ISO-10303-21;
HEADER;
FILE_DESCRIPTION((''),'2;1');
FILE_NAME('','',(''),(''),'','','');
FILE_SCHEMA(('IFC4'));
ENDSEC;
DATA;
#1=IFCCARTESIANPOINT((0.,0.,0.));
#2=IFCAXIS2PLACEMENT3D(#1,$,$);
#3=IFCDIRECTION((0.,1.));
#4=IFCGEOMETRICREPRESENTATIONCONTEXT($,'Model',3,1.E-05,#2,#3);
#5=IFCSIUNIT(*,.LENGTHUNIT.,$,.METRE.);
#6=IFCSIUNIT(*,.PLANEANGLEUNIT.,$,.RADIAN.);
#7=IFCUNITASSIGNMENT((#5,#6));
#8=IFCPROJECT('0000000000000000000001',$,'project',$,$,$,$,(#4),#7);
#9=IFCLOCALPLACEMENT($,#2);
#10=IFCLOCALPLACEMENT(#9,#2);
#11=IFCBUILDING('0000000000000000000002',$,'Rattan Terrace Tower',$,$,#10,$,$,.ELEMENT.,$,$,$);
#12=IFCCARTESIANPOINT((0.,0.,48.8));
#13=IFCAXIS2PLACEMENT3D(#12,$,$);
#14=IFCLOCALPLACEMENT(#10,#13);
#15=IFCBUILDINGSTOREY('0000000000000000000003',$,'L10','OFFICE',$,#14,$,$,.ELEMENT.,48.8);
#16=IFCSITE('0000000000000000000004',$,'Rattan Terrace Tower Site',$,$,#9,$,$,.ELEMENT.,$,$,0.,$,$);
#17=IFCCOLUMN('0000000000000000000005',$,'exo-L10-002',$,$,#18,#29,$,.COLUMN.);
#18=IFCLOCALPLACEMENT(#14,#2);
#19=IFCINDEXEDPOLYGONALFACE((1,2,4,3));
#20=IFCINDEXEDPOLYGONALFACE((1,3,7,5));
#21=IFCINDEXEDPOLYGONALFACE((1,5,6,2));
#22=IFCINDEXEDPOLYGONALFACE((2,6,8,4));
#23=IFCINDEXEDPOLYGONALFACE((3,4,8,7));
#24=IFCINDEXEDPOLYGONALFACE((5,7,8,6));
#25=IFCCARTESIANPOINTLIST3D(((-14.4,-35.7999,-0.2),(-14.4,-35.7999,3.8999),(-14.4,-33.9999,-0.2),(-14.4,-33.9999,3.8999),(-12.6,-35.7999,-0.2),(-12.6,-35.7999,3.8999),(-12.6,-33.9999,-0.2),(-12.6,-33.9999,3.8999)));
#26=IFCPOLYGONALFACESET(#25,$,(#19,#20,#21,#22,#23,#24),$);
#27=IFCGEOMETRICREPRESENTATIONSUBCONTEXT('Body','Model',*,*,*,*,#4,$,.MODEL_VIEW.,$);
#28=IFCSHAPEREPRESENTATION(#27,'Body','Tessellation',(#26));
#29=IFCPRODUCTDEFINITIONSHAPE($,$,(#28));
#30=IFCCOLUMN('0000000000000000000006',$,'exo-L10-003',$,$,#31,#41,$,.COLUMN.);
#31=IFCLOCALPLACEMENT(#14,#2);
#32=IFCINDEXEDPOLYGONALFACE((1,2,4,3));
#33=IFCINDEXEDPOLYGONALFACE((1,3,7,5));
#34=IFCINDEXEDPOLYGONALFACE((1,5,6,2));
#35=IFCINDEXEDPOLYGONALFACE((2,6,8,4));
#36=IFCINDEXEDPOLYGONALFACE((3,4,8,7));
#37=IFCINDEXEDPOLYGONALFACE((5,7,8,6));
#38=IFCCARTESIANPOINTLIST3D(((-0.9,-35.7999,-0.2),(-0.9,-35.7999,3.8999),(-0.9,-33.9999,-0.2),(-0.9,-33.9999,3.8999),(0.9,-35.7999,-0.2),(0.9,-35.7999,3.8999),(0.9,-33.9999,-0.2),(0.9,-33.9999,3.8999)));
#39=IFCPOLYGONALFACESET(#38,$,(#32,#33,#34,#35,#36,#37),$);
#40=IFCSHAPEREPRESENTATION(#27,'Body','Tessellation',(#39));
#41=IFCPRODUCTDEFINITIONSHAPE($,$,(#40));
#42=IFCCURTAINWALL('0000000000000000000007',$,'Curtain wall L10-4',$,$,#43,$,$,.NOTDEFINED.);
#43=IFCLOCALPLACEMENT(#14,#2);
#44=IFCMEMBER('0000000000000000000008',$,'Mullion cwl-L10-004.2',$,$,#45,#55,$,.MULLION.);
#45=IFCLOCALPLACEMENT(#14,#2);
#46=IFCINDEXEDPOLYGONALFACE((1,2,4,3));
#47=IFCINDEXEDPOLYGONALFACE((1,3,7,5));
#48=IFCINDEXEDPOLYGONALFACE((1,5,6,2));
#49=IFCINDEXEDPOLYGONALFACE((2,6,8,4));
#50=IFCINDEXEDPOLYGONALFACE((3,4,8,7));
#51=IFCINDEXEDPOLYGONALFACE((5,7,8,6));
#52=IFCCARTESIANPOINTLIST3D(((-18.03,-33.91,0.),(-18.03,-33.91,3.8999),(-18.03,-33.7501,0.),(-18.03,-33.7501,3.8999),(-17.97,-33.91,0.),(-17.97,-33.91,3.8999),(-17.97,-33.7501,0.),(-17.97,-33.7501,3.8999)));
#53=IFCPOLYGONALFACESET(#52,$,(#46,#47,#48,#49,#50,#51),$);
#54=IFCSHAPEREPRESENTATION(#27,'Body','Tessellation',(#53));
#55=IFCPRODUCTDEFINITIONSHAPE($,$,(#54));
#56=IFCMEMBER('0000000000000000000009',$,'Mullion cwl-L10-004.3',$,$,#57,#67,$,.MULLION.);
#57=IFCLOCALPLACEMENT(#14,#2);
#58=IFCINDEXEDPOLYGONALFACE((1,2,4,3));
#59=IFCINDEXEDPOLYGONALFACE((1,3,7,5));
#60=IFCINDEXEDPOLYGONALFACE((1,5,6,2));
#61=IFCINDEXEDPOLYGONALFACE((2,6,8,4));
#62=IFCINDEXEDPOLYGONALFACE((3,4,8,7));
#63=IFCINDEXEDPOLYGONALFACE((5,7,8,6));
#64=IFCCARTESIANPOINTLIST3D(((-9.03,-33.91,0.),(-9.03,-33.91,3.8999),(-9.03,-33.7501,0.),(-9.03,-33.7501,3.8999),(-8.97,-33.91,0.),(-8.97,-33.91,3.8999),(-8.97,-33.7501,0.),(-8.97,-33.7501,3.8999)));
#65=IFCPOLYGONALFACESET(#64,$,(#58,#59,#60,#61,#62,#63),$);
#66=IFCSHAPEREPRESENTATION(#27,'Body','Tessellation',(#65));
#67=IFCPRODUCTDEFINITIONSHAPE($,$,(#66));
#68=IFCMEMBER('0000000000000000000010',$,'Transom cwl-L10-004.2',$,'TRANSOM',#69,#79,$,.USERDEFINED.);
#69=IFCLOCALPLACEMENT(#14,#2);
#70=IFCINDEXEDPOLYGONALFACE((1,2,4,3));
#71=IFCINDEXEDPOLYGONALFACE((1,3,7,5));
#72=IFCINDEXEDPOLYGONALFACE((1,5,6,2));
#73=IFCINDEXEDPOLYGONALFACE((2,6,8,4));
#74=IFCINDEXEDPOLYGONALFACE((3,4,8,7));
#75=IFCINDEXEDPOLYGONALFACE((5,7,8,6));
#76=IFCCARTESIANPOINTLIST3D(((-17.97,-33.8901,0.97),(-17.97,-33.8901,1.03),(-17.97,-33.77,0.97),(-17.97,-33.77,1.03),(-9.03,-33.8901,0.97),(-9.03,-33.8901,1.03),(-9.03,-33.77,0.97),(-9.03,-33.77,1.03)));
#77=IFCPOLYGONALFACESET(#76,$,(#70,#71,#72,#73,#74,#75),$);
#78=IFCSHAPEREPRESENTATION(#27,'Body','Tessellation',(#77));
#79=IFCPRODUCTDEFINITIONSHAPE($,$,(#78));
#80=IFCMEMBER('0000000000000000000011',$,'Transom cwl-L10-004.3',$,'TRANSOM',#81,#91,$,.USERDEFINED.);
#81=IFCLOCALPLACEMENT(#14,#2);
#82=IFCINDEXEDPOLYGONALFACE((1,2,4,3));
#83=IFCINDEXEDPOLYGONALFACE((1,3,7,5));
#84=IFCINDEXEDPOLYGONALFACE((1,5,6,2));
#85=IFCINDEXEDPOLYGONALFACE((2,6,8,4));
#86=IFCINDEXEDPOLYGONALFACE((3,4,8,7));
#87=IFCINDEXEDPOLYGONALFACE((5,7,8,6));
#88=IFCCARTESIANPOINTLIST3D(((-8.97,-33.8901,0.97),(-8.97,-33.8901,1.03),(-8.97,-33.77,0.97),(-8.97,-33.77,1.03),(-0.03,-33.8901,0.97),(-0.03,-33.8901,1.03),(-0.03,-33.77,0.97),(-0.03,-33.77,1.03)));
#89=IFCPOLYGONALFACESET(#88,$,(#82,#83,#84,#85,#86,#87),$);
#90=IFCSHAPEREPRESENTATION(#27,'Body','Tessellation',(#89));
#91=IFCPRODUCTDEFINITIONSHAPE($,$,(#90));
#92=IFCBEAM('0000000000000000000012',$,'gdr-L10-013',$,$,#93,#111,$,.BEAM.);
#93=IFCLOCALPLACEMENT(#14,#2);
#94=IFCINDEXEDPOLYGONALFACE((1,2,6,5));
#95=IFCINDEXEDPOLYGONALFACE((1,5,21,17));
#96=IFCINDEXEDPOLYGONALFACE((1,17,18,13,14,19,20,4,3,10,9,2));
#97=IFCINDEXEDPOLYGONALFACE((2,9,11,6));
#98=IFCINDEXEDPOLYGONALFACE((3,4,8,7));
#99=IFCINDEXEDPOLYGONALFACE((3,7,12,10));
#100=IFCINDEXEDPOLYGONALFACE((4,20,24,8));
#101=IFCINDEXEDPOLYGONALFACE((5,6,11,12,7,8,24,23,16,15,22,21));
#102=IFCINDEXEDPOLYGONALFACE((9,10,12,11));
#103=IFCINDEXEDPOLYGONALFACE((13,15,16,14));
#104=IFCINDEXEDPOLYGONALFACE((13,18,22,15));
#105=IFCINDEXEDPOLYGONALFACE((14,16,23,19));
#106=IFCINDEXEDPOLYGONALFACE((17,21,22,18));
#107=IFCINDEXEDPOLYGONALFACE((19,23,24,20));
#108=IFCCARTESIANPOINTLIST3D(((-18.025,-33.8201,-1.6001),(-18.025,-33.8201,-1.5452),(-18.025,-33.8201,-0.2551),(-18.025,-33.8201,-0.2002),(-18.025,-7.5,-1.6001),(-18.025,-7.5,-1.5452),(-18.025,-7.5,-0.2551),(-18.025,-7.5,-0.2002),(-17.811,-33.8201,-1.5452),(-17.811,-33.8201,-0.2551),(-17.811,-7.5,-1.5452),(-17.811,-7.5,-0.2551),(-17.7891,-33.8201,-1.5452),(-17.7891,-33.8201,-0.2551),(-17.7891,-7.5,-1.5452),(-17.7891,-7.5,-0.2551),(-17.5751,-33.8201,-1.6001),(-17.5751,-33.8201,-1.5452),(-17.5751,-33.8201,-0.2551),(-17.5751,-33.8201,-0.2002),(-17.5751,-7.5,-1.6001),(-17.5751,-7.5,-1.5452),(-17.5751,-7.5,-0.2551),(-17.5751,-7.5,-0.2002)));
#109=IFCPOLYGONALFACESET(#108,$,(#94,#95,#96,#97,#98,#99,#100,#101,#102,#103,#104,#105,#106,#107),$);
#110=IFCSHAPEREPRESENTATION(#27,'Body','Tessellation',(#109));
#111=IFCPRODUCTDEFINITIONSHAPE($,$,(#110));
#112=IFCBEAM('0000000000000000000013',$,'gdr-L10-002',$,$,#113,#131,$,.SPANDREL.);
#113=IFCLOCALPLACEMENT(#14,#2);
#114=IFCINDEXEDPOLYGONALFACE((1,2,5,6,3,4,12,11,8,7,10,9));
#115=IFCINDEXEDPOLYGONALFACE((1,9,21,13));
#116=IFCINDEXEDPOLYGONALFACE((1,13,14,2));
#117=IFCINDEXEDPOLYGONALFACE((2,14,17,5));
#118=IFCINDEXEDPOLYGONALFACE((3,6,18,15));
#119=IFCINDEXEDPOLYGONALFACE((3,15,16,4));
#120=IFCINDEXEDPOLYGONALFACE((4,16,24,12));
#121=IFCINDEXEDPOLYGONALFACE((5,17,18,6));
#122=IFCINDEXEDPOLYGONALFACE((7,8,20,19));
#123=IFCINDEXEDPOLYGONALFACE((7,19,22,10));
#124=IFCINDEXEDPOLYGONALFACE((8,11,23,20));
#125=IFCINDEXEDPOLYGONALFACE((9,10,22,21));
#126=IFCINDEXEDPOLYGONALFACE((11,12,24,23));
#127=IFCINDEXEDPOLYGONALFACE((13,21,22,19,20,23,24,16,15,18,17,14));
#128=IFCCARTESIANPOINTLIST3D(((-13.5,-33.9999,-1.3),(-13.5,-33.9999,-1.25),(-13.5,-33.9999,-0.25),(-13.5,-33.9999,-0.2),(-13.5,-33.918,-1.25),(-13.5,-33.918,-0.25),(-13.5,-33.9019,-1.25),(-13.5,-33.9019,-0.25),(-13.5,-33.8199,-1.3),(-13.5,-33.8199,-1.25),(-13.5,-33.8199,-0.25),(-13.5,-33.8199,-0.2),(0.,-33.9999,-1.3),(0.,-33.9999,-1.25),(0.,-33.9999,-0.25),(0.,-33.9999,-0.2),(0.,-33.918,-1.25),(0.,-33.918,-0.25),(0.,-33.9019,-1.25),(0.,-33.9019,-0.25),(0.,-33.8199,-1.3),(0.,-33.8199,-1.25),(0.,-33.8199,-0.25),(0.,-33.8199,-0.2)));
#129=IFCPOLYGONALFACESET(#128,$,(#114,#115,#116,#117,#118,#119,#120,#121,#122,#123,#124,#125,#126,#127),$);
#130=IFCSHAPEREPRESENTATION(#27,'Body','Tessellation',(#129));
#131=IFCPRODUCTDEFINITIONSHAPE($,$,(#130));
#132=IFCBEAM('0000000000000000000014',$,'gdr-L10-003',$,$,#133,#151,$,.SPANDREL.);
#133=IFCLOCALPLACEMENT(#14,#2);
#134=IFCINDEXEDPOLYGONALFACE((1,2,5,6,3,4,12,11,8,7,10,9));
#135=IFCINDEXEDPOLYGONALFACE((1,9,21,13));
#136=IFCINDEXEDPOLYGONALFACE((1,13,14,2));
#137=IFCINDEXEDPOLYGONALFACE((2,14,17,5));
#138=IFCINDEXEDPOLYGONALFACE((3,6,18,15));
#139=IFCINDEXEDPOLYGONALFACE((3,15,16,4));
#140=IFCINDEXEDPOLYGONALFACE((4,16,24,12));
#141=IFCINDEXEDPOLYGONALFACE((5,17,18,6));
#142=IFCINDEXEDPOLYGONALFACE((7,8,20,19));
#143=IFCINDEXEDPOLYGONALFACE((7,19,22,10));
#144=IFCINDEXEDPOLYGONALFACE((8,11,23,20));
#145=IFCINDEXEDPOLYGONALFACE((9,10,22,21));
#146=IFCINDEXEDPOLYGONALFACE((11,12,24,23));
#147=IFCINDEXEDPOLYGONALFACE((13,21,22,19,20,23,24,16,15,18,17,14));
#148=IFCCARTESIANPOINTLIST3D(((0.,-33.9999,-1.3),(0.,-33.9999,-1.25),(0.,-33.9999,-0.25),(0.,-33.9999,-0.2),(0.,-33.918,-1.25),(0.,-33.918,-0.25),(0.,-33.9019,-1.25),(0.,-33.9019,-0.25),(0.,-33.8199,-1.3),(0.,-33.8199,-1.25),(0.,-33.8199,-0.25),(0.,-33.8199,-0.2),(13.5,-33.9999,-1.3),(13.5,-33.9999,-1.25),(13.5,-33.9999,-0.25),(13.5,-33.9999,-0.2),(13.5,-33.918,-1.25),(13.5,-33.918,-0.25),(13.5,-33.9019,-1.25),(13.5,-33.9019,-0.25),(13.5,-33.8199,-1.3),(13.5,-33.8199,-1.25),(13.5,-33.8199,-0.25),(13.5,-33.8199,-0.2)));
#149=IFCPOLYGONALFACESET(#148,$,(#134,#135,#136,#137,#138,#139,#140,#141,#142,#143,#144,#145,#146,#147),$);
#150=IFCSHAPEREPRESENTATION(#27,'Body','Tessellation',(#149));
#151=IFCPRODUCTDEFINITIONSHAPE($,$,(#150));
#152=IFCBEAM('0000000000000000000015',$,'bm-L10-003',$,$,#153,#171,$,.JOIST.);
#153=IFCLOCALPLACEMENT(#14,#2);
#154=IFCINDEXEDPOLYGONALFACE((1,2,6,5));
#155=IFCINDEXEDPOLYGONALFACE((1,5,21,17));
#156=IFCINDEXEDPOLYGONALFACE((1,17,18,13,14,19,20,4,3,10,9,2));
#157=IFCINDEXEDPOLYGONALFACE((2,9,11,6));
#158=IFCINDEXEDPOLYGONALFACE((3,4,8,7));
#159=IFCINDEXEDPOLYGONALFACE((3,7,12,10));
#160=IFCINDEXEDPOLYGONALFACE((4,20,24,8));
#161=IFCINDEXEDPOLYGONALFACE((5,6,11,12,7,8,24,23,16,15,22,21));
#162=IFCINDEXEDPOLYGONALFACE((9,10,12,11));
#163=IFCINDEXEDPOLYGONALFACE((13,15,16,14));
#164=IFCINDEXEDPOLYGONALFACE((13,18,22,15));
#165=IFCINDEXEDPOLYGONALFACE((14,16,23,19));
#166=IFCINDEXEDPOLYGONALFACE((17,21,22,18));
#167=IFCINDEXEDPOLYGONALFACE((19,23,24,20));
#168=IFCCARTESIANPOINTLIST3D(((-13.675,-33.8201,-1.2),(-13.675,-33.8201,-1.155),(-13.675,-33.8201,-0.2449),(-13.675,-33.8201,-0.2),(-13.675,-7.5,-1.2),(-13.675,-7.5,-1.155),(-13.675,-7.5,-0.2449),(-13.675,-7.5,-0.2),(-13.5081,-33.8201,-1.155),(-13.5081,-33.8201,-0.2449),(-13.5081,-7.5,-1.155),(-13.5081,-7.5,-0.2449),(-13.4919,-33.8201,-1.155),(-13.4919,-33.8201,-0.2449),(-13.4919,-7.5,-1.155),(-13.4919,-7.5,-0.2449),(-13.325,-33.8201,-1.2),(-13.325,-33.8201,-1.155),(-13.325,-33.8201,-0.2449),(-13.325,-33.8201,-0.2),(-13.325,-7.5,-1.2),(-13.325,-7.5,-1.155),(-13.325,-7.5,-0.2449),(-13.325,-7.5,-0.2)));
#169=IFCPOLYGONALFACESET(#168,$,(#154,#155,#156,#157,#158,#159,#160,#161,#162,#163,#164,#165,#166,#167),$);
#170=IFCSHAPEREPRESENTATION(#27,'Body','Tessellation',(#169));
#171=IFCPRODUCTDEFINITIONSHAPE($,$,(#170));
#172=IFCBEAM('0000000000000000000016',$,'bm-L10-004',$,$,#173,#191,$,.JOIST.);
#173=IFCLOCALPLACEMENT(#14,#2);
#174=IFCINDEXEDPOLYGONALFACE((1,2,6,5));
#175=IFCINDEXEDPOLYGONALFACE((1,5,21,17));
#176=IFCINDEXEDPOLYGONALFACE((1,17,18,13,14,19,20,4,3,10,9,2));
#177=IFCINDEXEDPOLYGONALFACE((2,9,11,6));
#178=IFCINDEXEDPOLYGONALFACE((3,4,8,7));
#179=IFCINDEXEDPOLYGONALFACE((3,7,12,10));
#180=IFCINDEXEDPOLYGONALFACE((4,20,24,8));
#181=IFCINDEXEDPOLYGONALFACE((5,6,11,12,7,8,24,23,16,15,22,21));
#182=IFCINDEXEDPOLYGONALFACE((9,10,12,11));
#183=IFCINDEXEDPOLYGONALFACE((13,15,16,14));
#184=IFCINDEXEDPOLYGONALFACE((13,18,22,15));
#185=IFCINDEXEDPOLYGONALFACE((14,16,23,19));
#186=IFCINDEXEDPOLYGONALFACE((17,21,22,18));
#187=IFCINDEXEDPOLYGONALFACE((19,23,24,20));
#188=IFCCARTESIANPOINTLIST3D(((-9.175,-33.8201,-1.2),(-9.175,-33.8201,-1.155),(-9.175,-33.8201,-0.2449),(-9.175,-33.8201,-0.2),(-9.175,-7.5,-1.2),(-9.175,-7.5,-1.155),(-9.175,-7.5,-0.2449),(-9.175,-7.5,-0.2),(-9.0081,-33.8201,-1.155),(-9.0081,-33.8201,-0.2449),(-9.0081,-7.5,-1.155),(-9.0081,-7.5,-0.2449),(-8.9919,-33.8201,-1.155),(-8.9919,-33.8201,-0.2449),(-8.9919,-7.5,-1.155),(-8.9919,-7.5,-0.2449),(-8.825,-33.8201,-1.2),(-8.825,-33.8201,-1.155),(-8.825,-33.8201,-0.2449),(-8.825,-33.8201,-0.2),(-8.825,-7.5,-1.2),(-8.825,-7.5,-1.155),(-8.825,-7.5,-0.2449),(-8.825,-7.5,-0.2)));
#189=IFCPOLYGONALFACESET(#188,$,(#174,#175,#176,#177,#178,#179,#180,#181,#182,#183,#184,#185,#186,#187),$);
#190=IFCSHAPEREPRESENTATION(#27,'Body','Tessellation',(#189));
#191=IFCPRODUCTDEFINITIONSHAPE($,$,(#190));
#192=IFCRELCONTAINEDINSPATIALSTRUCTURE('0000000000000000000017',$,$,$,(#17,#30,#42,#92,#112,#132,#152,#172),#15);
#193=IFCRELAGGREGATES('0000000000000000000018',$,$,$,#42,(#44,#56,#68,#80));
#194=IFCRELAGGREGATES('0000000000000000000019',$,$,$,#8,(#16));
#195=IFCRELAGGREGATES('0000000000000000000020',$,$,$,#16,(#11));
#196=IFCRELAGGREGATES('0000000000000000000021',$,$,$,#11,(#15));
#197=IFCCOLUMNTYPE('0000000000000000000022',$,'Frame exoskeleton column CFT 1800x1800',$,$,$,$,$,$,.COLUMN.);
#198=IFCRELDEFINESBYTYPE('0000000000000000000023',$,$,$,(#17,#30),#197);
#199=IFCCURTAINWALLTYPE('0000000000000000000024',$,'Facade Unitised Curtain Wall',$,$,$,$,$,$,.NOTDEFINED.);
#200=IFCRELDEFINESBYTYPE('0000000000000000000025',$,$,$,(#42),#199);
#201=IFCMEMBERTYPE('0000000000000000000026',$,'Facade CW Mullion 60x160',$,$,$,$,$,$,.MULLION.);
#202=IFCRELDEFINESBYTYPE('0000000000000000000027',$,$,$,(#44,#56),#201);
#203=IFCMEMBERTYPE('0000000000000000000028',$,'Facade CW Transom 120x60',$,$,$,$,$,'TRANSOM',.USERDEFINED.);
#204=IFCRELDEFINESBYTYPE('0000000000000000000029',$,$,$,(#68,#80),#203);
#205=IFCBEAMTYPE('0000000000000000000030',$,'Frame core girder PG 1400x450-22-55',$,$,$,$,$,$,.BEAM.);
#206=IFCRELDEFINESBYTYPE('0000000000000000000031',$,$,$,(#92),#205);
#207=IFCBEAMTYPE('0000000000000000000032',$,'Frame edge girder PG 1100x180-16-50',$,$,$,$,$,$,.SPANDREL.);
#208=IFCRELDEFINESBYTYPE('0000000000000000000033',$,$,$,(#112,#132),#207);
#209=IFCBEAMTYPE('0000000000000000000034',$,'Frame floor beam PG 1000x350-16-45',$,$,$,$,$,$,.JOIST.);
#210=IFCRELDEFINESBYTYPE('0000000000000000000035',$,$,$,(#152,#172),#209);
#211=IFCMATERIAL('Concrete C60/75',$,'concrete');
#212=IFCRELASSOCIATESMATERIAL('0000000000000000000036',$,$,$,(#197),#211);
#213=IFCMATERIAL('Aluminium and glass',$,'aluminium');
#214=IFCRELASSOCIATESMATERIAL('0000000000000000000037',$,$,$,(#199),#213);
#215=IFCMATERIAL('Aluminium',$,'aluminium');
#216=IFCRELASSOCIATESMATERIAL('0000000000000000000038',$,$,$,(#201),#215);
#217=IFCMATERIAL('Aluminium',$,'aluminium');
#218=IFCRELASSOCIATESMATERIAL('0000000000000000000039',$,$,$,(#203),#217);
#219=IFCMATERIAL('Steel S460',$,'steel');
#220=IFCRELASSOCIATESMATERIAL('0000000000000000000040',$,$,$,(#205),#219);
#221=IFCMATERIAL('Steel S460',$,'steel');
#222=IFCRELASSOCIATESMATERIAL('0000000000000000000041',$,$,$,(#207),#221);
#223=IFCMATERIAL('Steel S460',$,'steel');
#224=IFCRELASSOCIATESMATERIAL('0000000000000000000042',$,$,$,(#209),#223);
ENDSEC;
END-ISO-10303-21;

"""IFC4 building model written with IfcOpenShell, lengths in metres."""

from ifc_helpers import new_model, si_unit, direction, frame, origin, origin_2d, place, context, subcontext, project, spatial, rectangle, i_section, extrude, material, material_profile, profile_set, type_object, element, aggregate, save


model = new_model("IFC4")

# Units and contexts
model_context = context("Model", 3, precision=1e-05, world=origin(), true_north=direction((0.0, 1.0)))
body_context = subcontext(model_context, "Body", "Model", "MODEL_VIEW")
ifc_project = project(units=[si_unit("LENGTHUNIT", "METRE"), si_unit("PLANEANGLEUNIT", "RADIAN")], contexts=[model_context])

# Site, building, storey
site_placement = place(None, origin())
site = spatial("IfcSite", under=ifc_project, at=site_placement, Name="Rattan Terrace Tower Site", CompositionType="ELEMENT", RefElevation=0.0)
building_placement = place(site_placement, origin())
building = spatial("IfcBuilding", under=site, at=building_placement, Name="Rattan Terrace Tower", CompositionType="ELEMENT")
storey_placement = place(building_placement, frame((0.0, 0.0, 48.8)))
storey = spatial("IfcBuildingStorey", under=building, at=storey_placement, Name="L10", Description="OFFICE", CompositionType="ELEMENT", Elevation=48.8)

# Columns
ifc_material_1 = material(Name="Concrete C60/75", Category="concrete")
ifc_material_profile_1 = material_profile(ifc_material_1, rectangle(XDim=1.8, YDim=1.8, at=origin_2d()), Name="CFT 1800x1800")
ifc_profile_set_1 = profile_set([ifc_material_profile_1], Name="Concrete C60/75")
column_type = type_object("IfcColumnType", Name="Frame exoskeleton column CFT 1800x1800", PredefinedType="COLUMN", material=ifc_profile_set_1)
for number, where, z_axis, x_axis, name in (
    (1, (-13.5, -34.8999, -0.2), (0.0, 0.0, 1.0), (1.0, 0.0, 0.0), "exo-L10-002"),
    (2, (0.0, -34.8999, -0.2), (0.0, 0.0, 1.0), (1.0, 0.0, 0.0), "exo-L10-003"),
):
    element("IfcColumn", number, at=place(storey_placement, frame(where, z_axis=z_axis, x_axis=x_axis)), inside=storey, type_object=column_type, Name=name, PredefinedType="COLUMN", context=body_context, shape_type="SweptSolid", body=[
        extrude(rectangle(XDim=1.8, YDim=1.8, at=origin_2d()), origin(), (0.0, 0.0, 1.0), 4.0999),
    ])

# Curtain wall, members
ifc_material_2 = material(Name="Aluminium and glass", Category="aluminium")
curtain_wall_type = type_object("IfcCurtainWallType", Name="Facade Unitised Curtain Wall", PredefinedType="NOTDEFINED", material=ifc_material_2)
curtain_wall_placement = place(storey_placement, origin())
curtain_wall = element("IfcCurtainWall", 3, at=curtain_wall_placement, inside=storey, type_object=curtain_wall_type, Name="Curtain wall L10-4", PredefinedType="NOTDEFINED")
ifc_material_3 = material(Name="Aluminium", Category="aluminium")
ifc_material_profile_2 = material_profile(ifc_material_3, rectangle(XDim=0.0601, YDim=0.1599, at=origin_2d()), Name="Aluminium 60x160")
ifc_profile_set_2 = profile_set([ifc_material_profile_2], Name="Aluminium")
member_type_1 = type_object("IfcMemberType", Name="Facade CW Mullion 60x160", PredefinedType="MULLION", material=ifc_profile_set_2)
member_1_placement = place(storey_placement, frame((-18.0, -33.8301, 0.0), z_axis=(0.0, 0.0, 1.0), x_axis=(1.0, 0.0, 0.0)))
member_1 = element("IfcMember", 4, at=member_1_placement, type_object=member_type_1, Name="Mullion cwl-L10-004.2", PredefinedType="MULLION", context=body_context, shape_type="SweptSolid", body=[
    extrude(rectangle(XDim=0.0601, YDim=0.1599, at=origin_2d()), origin(), (0.0, 0.0, 1.0), 3.8999),
])
member_2_placement = place(storey_placement, frame((-9.0, -33.8301, 0.0), z_axis=(0.0, 0.0, 1.0), x_axis=(1.0, 0.0, 0.0)))
member_2 = element("IfcMember", 5, at=member_2_placement, type_object=member_type_1, Name="Mullion cwl-L10-004.3", PredefinedType="MULLION", context=body_context, shape_type="SweptSolid", body=[
    extrude(rectangle(XDim=0.0601, YDim=0.1599, at=origin_2d()), origin(), (0.0, 0.0, 1.0), 3.8999),
])
ifc_material_4 = material(Name="Aluminium", Category="aluminium")
ifc_material_profile_3 = material_profile(ifc_material_4, rectangle(XDim=0.1201, YDim=0.0601, at=origin_2d()), Name="Aluminium 120x60")
ifc_profile_set_3 = profile_set([ifc_material_profile_3], Name="Aluminium")
member_type_2 = type_object("IfcMemberType", Name="Facade CW Transom 120x60", ElementType="TRANSOM", PredefinedType="USERDEFINED", material=ifc_profile_set_3)
member_3_placement = place(storey_placement, frame((-17.97, -33.8301, 1.0), z_axis=(1.0, 0.0, 0.0), x_axis=(0.0, 1.0, 0.0)))
member_3 = element("IfcMember", 6, at=member_3_placement, type_object=member_type_2, Name="Transom cwl-L10-004.2", ObjectType="TRANSOM", PredefinedType="USERDEFINED", context=body_context, shape_type="SweptSolid", body=[
    extrude(rectangle(XDim=0.1201, YDim=0.0601, at=origin_2d()), origin(), (0.0, 0.0, 1.0), 8.9399),
])
member_4_placement = place(storey_placement, frame((-8.97, -33.8301, 1.0), z_axis=(1.0, 0.0, 0.0), x_axis=(0.0, 1.0, 0.0)))
member_4 = element("IfcMember", 7, at=member_4_placement, type_object=member_type_2, Name="Transom cwl-L10-004.3", ObjectType="TRANSOM", PredefinedType="USERDEFINED", context=body_context, shape_type="SweptSolid", body=[
    extrude(rectangle(XDim=0.1201, YDim=0.0601, at=origin_2d()), origin(), (0.0, 0.0, 1.0), 8.9399),
])

# Beams
ifc_material_5 = material(Name="Steel S460", Category="steel")
ifc_material_profile_4 = material_profile(ifc_material_5, i_section(OverallWidth=0.45, OverallDepth=1.3999, WebThickness=0.022, FlangeThickness=0.0549, at=origin_2d()), Name="PG 1400x450-22-55")
ifc_profile_set_4 = profile_set([ifc_material_profile_4], Name="Steel S460")
beam_type_1 = type_object("IfcBeamType", Name="Frame core girder PG 1400x450-22-55", PredefinedType="BEAM", material=ifc_profile_set_4)
beam_placement = place(storey_placement, frame((-17.8, -33.8201, -0.9001), z_axis=(0.0, 1.0, 0.0), x_axis=(-1.0, 0.0, 0.0)))
element("IfcBeam", 8, at=beam_placement, inside=storey, type_object=beam_type_1, Name="gdr-L10-013", PredefinedType="BEAM", context=body_context, shape_type="SweptSolid", body=[
    extrude(i_section(OverallWidth=0.45, OverallDepth=1.3999, WebThickness=0.022, FlangeThickness=0.0549, at=origin_2d()), origin(), (0.0, 0.0, 1.0), 26.3201),
])
ifc_material_6 = material(Name="Steel S460", Category="steel")
ifc_material_profile_5 = material_profile(ifc_material_6, i_section(OverallWidth=0.1799, OverallDepth=1.1001, WebThickness=0.0161, FlangeThickness=0.05, at=origin_2d()), Name="PG 1100x180-16-50")
ifc_profile_set_5 = profile_set([ifc_material_profile_5], Name="Steel S460")
beam_type_2 = type_object("IfcBeamType", Name="Frame edge girder PG 1100x180-16-50", PredefinedType="SPANDREL", material=ifc_profile_set_5)
for number, where, z_axis, x_axis, name in (
    (9, (-13.5, -33.9099, -0.75), (1.0, 0.0, 0.0), (0.0, 1.0, 0.0), "gdr-L10-002"),
    (10, (0.0, -33.9099, -0.75), (1.0, 0.0, 0.0), (0.0, 1.0, 0.0), "gdr-L10-003"),
):
    element("IfcBeam", number, at=place(storey_placement, frame(where, z_axis=z_axis, x_axis=x_axis)), inside=storey, type_object=beam_type_2, Name=name, PredefinedType="SPANDREL", context=body_context, shape_type="SweptSolid", body=[
        extrude(i_section(OverallWidth=0.1799, OverallDepth=1.1001, WebThickness=0.0161, FlangeThickness=0.05, at=origin_2d()), origin(), (0.0, 0.0, 1.0), 13.5),
    ])
ifc_material_7 = material(Name="Steel S460", Category="steel")
ifc_material_profile_6 = material_profile(ifc_material_7, i_section(OverallWidth=0.3501, OverallDepth=1.0, WebThickness=0.0161, FlangeThickness=0.0449, at=origin_2d()), Name="PG 1000x350-16-45")
ifc_profile_set_6 = profile_set([ifc_material_profile_6], Name="Steel S460")
beam_type_3 = type_object("IfcBeamType", Name="Frame floor beam PG 1000x350-16-45", PredefinedType="JOIST", material=ifc_profile_set_6)
for number, where, z_axis, x_axis, name in (
    (11, (-13.5, -33.8201, -0.7), (0.0, 1.0, 0.0), (-1.0, 0.0, 0.0), "bm-L10-003"),
    (12, (-9.0, -33.8201, -0.7), (0.0, 1.0, 0.0), (-1.0, 0.0, 0.0), "bm-L10-004"),
):
    element("IfcBeam", number, at=place(storey_placement, frame(where, z_axis=z_axis, x_axis=x_axis)), inside=storey, type_object=beam_type_3, Name=name, PredefinedType="JOIST", context=body_context, shape_type="SweptSolid", body=[
        extrude(i_section(OverallWidth=0.3501, OverallDepth=1.0, WebThickness=0.0161, FlangeThickness=0.0449, at=origin_2d()), origin(), (0.0, 0.0, 1.0), 26.3201),
    ])

aggregate(curtain_wall, [member_1, member_2, member_3, member_4])

save(model, "model.ifc")
